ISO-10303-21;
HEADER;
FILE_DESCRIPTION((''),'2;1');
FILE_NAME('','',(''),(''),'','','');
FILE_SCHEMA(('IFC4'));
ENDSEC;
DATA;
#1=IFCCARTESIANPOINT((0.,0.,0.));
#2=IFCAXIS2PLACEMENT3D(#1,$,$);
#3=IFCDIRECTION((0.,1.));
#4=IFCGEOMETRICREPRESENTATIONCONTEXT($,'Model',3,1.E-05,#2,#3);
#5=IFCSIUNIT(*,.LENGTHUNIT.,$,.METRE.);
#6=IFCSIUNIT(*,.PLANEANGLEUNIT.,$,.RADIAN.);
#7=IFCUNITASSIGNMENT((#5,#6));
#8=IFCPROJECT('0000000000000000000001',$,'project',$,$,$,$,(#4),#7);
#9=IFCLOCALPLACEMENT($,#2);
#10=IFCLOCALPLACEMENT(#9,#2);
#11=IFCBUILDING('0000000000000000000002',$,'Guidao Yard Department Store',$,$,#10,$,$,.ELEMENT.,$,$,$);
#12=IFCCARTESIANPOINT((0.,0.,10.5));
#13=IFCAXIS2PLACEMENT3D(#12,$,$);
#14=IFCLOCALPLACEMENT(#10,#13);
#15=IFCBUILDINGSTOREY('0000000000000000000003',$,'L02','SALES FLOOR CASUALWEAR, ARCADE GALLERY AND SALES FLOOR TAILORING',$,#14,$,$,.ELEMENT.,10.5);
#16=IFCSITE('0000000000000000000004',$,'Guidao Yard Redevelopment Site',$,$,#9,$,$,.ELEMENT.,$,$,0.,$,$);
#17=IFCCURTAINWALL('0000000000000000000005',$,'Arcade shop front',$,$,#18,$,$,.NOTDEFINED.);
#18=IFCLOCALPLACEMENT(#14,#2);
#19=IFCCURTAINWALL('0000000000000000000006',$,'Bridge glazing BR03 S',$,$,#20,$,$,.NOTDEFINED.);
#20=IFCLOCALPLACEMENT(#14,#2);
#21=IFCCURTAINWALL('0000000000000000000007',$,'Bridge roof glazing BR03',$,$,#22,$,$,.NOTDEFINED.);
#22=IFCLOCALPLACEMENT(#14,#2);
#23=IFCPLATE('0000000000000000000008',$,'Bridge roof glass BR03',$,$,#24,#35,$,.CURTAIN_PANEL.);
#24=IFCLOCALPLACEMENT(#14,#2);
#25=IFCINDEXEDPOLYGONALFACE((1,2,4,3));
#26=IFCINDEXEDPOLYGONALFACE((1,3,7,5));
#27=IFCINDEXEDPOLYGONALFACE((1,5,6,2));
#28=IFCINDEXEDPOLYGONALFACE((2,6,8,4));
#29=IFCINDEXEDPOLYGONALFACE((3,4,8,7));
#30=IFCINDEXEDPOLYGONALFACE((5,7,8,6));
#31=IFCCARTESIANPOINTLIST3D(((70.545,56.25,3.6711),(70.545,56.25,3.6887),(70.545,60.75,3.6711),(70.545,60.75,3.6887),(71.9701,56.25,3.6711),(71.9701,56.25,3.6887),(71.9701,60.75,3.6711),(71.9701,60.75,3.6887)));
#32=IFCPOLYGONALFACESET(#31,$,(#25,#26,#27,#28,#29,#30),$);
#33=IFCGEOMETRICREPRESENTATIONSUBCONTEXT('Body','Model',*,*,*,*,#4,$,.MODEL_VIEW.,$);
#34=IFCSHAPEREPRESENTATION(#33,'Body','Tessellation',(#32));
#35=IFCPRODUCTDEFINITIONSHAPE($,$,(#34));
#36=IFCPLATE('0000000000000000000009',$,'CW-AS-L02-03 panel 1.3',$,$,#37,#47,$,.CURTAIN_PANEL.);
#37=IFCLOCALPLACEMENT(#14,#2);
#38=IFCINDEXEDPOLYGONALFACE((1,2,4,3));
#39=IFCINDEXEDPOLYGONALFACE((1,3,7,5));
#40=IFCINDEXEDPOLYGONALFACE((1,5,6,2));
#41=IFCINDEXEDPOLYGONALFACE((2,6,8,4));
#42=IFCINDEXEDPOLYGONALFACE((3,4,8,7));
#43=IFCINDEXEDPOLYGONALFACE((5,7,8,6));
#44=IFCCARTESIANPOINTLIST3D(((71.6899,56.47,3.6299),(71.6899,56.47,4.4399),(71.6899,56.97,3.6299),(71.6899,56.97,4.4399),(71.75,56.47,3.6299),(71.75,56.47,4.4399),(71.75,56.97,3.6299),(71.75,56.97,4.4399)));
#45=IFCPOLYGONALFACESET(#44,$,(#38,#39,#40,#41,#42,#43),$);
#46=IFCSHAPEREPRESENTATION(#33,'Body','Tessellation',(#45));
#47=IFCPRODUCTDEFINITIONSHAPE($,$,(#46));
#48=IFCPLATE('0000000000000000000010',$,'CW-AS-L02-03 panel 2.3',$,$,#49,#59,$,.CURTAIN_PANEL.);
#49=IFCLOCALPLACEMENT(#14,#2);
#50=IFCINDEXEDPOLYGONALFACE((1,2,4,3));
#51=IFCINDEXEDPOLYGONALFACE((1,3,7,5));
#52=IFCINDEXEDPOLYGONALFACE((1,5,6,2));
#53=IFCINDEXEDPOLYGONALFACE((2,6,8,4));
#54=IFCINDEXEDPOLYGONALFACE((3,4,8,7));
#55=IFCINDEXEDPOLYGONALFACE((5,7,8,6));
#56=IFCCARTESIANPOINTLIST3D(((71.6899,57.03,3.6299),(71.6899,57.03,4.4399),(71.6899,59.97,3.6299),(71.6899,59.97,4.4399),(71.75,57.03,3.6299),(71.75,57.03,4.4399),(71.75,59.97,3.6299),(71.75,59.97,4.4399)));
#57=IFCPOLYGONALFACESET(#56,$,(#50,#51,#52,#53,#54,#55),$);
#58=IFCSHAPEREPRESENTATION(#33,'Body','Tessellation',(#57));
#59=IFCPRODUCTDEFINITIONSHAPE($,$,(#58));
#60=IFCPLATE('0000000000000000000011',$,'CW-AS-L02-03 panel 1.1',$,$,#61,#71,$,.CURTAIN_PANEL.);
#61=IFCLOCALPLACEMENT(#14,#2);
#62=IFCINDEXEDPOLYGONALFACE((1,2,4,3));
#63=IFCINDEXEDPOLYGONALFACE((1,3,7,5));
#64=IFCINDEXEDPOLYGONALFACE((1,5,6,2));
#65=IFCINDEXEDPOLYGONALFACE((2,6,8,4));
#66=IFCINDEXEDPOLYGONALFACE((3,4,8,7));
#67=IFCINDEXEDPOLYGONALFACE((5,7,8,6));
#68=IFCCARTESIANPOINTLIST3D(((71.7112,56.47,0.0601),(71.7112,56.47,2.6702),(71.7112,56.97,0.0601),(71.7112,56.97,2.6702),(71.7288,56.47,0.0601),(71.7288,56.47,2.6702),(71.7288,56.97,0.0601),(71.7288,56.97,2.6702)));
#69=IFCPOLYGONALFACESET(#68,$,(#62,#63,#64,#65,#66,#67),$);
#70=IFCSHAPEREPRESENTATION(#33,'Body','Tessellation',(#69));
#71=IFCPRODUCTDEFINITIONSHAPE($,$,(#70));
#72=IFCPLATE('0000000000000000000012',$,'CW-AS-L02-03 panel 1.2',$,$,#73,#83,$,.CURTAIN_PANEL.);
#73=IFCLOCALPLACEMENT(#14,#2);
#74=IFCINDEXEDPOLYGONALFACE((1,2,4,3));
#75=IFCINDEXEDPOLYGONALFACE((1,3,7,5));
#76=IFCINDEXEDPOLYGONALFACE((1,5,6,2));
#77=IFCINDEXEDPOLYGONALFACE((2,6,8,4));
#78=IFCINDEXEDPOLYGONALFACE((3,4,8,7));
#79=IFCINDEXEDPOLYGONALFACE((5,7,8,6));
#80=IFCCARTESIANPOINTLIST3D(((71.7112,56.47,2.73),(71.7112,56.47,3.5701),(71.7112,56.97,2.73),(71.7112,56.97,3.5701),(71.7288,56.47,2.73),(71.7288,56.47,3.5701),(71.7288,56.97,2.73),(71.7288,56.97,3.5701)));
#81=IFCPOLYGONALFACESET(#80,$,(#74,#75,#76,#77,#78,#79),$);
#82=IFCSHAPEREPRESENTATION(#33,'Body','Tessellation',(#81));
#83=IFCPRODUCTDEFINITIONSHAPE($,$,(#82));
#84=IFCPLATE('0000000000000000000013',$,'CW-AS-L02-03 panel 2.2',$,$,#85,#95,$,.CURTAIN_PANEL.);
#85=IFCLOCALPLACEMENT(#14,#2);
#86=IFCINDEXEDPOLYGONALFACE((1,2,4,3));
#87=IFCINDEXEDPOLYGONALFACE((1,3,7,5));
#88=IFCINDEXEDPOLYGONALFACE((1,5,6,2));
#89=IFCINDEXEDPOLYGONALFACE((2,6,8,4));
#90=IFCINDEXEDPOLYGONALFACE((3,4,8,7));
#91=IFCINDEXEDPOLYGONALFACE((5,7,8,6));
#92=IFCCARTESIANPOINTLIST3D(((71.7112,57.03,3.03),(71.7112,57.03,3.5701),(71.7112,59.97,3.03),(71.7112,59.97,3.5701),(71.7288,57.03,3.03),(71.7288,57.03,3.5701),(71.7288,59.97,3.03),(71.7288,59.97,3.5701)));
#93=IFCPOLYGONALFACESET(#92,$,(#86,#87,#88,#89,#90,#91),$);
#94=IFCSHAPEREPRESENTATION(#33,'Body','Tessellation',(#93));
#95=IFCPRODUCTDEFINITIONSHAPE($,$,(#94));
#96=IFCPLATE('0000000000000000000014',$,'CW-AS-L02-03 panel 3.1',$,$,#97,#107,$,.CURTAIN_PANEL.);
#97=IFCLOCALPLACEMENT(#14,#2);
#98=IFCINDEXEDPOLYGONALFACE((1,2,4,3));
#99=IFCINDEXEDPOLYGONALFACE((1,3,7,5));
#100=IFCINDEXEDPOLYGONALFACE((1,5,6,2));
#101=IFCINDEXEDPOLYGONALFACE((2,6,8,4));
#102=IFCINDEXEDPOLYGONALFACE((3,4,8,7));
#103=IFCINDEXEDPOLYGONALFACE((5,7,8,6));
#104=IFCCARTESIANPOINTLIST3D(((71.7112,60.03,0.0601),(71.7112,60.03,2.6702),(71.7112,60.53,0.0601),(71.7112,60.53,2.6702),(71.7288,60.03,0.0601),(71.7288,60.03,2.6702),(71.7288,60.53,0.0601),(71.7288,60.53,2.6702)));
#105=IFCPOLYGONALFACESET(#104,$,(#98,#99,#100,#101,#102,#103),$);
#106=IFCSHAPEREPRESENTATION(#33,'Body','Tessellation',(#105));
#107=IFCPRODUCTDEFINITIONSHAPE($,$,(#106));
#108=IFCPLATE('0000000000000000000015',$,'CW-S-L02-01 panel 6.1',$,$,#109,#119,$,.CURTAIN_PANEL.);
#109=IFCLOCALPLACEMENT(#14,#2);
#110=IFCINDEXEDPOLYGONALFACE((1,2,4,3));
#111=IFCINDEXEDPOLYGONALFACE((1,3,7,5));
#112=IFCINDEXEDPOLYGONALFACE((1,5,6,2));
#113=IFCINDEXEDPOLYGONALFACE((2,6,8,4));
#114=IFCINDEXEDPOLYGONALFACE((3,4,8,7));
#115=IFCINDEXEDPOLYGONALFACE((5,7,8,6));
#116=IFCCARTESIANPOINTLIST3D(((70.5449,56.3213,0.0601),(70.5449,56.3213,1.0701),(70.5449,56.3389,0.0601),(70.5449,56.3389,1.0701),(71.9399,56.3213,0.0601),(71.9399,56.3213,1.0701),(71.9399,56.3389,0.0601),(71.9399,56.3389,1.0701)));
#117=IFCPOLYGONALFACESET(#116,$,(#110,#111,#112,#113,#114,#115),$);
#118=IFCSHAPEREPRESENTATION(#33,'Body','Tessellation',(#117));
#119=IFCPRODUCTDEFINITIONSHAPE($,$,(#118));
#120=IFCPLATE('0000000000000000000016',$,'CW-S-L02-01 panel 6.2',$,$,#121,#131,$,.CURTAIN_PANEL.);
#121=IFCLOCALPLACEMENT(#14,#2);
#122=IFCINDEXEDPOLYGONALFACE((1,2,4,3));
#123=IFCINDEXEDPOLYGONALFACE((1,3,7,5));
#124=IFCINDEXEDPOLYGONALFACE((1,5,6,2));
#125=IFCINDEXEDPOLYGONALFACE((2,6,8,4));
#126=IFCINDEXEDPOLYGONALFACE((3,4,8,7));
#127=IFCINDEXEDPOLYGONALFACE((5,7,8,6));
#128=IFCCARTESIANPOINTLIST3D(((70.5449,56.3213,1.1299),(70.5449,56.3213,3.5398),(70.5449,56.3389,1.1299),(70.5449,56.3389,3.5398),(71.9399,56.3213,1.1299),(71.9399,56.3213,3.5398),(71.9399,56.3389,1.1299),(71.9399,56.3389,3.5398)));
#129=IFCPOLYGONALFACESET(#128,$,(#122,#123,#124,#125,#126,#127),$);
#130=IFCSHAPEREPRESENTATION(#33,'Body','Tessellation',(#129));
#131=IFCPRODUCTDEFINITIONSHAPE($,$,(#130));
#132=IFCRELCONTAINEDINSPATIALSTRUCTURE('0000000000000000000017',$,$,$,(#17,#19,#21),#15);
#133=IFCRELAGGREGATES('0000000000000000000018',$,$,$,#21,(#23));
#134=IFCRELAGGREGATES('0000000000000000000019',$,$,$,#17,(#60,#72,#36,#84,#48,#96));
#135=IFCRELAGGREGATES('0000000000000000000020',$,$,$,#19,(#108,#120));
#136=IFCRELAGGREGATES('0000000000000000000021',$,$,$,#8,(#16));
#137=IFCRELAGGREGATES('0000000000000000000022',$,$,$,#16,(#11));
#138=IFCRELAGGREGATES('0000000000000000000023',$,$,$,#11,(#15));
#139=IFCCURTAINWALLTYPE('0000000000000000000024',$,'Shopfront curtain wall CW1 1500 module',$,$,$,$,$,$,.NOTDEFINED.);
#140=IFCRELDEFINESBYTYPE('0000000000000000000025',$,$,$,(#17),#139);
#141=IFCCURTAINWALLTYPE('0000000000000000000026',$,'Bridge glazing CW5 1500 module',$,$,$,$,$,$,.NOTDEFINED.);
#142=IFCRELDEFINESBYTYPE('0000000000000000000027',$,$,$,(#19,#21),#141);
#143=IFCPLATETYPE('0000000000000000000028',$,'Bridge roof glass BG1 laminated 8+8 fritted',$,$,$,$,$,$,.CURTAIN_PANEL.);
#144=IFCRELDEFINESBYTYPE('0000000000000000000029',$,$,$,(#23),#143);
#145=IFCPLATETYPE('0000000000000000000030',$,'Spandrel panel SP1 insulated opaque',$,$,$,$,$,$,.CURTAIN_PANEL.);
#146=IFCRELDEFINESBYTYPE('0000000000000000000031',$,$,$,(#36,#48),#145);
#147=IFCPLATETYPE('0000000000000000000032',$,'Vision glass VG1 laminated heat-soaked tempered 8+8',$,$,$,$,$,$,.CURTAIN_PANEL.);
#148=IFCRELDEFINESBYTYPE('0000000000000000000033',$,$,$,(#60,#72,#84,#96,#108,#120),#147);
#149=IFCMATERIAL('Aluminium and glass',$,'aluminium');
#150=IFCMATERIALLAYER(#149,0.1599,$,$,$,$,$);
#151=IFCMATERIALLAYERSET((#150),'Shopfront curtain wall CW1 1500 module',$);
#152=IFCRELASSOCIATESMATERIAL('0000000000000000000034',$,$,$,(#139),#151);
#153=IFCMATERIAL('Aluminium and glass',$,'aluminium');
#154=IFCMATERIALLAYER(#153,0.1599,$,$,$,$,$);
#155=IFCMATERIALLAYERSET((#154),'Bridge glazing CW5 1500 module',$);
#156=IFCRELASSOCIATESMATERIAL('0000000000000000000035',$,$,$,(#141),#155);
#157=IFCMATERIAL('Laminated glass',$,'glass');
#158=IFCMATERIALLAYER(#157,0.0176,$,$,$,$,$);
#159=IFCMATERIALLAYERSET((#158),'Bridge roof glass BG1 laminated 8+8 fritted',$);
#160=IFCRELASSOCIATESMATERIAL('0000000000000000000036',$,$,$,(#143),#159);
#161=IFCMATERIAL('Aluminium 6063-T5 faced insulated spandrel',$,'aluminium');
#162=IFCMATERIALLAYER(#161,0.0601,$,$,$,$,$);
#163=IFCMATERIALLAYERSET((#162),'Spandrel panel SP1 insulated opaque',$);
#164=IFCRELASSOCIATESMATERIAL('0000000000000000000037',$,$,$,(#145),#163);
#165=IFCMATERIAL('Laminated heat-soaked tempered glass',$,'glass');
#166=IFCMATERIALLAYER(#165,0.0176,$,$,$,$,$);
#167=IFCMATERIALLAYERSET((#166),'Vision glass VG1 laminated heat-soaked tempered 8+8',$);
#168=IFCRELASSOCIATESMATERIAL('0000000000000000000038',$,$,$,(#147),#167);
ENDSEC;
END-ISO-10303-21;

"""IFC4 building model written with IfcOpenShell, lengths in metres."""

from ifc_helpers import new_model, si_unit, direction, frame, origin, origin_2d, place, context, subcontext, project, spatial, rectangle, extrude, material, layer, layer_set, type_object, element, aggregate, save


model = new_model("IFC4")

# Units and contexts
model_context = context("Model", 3, precision=1e-05, world=origin(), true_north=direction((0.0, 1.0)))
body_context = subcontext(model_context, "Body", "Model", "MODEL_VIEW")
ifc_project = project(units=[si_unit("LENGTHUNIT", "METRE"), si_unit("PLANEANGLEUNIT", "RADIAN")], contexts=[model_context])

# Site, building, storey
site_placement = place(None, origin())
site = spatial("IfcSite", under=ifc_project, at=site_placement, Name="Guidao Yard Redevelopment Site", CompositionType="ELEMENT", RefElevation=0.0)
building_placement = place(site_placement, origin())
building = spatial("IfcBuilding", under=site, at=building_placement, Name="Guidao Yard Department Store", CompositionType="ELEMENT")
storey_placement = place(building_placement, frame((0.0, 0.0, 10.5)))
storey = spatial("IfcBuildingStorey", under=building, at=storey_placement, Name="L02", Description="SALES FLOOR CASUALWEAR, ARCADE GALLERY AND SALES FLOOR TAILORING", CompositionType="ELEMENT", Elevation=10.5)

# Curtain wall
ifc_material_1 = material(Name="Aluminium and glass", Category="aluminium")
ifc_layer_1 = layer(ifc_material_1, 0.1599)
ifc_layer_set_1 = layer_set([ifc_layer_1], Name="Shopfront curtain wall CW1 1500 module")
curtain_wall_type_1 = type_object("IfcCurtainWallType", Name="Shopfront curtain wall CW1 1500 module", PredefinedType="NOTDEFINED", material=ifc_layer_set_1)
curtain_wall_1_placement = place(storey_placement, origin())
curtain_wall_1 = element("IfcCurtainWall", 1, at=curtain_wall_1_placement, inside=storey, type_object=curtain_wall_type_1, Name="Arcade shop front", PredefinedType="NOTDEFINED")

# Curtain wall
ifc_material_2 = material(Name="Aluminium and glass", Category="aluminium")
ifc_layer_2 = layer(ifc_material_2, 0.1599)
ifc_layer_set_2 = layer_set([ifc_layer_2], Name="Bridge glazing CW5 1500 module")
curtain_wall_type_2 = type_object("IfcCurtainWallType", Name="Bridge glazing CW5 1500 module", PredefinedType="NOTDEFINED", material=ifc_layer_set_2)
curtain_wall_2_placement = place(storey_placement, origin())
curtain_wall_2 = element("IfcCurtainWall", 2, at=curtain_wall_2_placement, inside=storey, type_object=curtain_wall_type_2, Name="Bridge glazing BR03 S", PredefinedType="NOTDEFINED")

# Curtain wall, plate
curtain_wall_3_placement = place(storey_placement, origin())
curtain_wall_3 = element("IfcCurtainWall", 3, at=curtain_wall_3_placement, inside=storey, type_object=curtain_wall_type_2, Name="Bridge roof glazing BR03", PredefinedType="NOTDEFINED")
ifc_material_3 = material(Name="Laminated glass", Category="glass")
ifc_layer_3 = layer(ifc_material_3, 0.0176)
ifc_layer_set_3 = layer_set([ifc_layer_3], Name="Bridge roof glass BG1 laminated 8+8 fritted")
plate_type_1 = type_object("IfcPlateType", Name="Bridge roof glass BG1 laminated 8+8 fritted", PredefinedType="CURTAIN_PANEL", material=ifc_layer_set_3)
plate_1_placement = place(storey_placement, frame((71.2576, 58.5, 3.6711), z_axis=(0.0, 0.0, 1.0), x_axis=(1.0, 0.0, 0.0)))
plate_1 = element("IfcPlate", 4, at=plate_1_placement, type_object=plate_type_1, Name="Bridge roof glass BR03", PredefinedType="CURTAIN_PANEL", context=body_context, shape_type="SweptSolid", body=[
    extrude(rectangle(XDim=1.425, YDim=4.5, at=origin_2d()), origin(), (0.0, 0.0, 1.0), 0.0176),
])
aggregate(curtain_wall_3, [plate_1])

# Plates
ifc_material_4 = material(Name="Aluminium 6063-T5 faced insulated spandrel", Category="aluminium")
ifc_layer_4 = layer(ifc_material_4, 0.0601)
ifc_layer_set_4 = layer_set([ifc_layer_4], Name="Spandrel panel SP1 insulated opaque")
plate_type_2 = type_object("IfcPlateType", Name="Spandrel panel SP1 insulated opaque", PredefinedType="CURTAIN_PANEL", material=ifc_layer_set_4)
plate_2_placement = place(storey_placement, frame((71.72, 56.72, 3.6299), z_axis=(0.0, 0.0, 1.0), x_axis=(0.0, 1.0, 0.0)))
plate_2 = element("IfcPlate", 5, at=plate_2_placement, type_object=plate_type_2, Name="CW-AS-L02-03 panel 1.3", PredefinedType="CURTAIN_PANEL", context=body_context, shape_type="SweptSolid", body=[
    extrude(rectangle(XDim=0.5, YDim=0.0601, at=origin_2d()), origin(), (0.0, 0.0, 1.0), 0.8101),
])
plate_3_placement = place(storey_placement, frame((71.72, 58.5, 3.6299), z_axis=(0.0, 0.0, 1.0), x_axis=(0.0, 1.0, 0.0)))
plate_3 = element("IfcPlate", 6, at=plate_3_placement, type_object=plate_type_2, Name="CW-AS-L02-03 panel 2.3", PredefinedType="CURTAIN_PANEL", context=body_context, shape_type="SweptSolid", body=[
    extrude(rectangle(XDim=2.9399, YDim=0.0601, at=origin_2d()), origin(), (0.0, 0.0, 1.0), 0.8101),
])
ifc_material_5 = material(Name="Laminated heat-soaked tempered glass", Category="glass")
ifc_layer_5 = layer(ifc_material_5, 0.0176)
ifc_layer_set_5 = layer_set([ifc_layer_5], Name="Vision glass VG1 laminated heat-soaked tempered 8+8")
plate_type_3 = type_object("IfcPlateType", Name="Vision glass VG1 laminated heat-soaked tempered 8+8", PredefinedType="CURTAIN_PANEL", material=ifc_layer_set_5)
plate_4_placement = place(storey_placement, frame((71.72, 56.72, 0.0601), z_axis=(0.0, 0.0, 1.0), x_axis=(0.0, 1.0, 0.0)))
plate_4 = element("IfcPlate", 7, at=plate_4_placement, type_object=plate_type_3, Name="CW-AS-L02-03 panel 1.1", PredefinedType="CURTAIN_PANEL", context=body_context, shape_type="SweptSolid", body=[
    extrude(rectangle(XDim=0.5, YDim=0.0176, at=origin_2d()), origin(), (0.0, 0.0, 1.0), 2.6101),
])
plate_5_placement = place(storey_placement, frame((71.72, 56.72, 2.73), z_axis=(0.0, 0.0, 1.0), x_axis=(0.0, 1.0, 0.0)))
plate_5 = element("IfcPlate", 8, at=plate_5_placement, type_object=plate_type_3, Name="CW-AS-L02-03 panel 1.2", PredefinedType="CURTAIN_PANEL", context=body_context, shape_type="SweptSolid", body=[
    extrude(rectangle(XDim=0.5, YDim=0.0176, at=origin_2d()), origin(), (0.0, 0.0, 1.0), 0.8401),
])
plate_6_placement = place(storey_placement, frame((71.72, 58.5, 3.03), z_axis=(0.0, 0.0, 1.0), x_axis=(0.0, 1.0, 0.0)))
plate_6 = element("IfcPlate", 9, at=plate_6_placement, type_object=plate_type_3, Name="CW-AS-L02-03 panel 2.2", PredefinedType="CURTAIN_PANEL", context=body_context, shape_type="SweptSolid", body=[
    extrude(rectangle(XDim=2.9399, YDim=0.0176, at=origin_2d()), origin(), (0.0, 0.0, 1.0), 0.54),
])
plate_7_placement = place(storey_placement, frame((71.72, 60.28, 0.0601), z_axis=(0.0, 0.0, 1.0), x_axis=(0.0, 1.0, 0.0)))
plate_7 = element("IfcPlate", 10, at=plate_7_placement, type_object=plate_type_3, Name="CW-AS-L02-03 panel 3.1", PredefinedType="CURTAIN_PANEL", context=body_context, shape_type="SweptSolid", body=[
    extrude(rectangle(XDim=0.5, YDim=0.0176, at=origin_2d()), origin(), (0.0, 0.0, 1.0), 2.6101),
])
aggregate(curtain_wall_1, [plate_4, plate_5, plate_2, plate_6, plate_3, plate_7])
plate_8_placement = place(storey_placement, frame((71.2424, 56.3301, 0.0601), z_axis=(0.0, 0.0, 1.0), x_axis=(-1.0, 0.0, 0.0)))
plate_8 = element("IfcPlate", 11, at=plate_8_placement, type_object=plate_type_3, Name="CW-S-L02-01 panel 6.1", PredefinedType="CURTAIN_PANEL", context=body_context, shape_type="SweptSolid", body=[
    extrude(rectangle(XDim=1.395, YDim=0.0176, at=origin_2d()), origin(), (0.0, 0.0, 1.0), 1.01),
])
plate_9_placement = place(storey_placement, frame((71.2424, 56.3301, 1.1299), z_axis=(0.0, 0.0, 1.0), x_axis=(-1.0, 0.0, 0.0)))
plate_9 = element("IfcPlate", 12, at=plate_9_placement, type_object=plate_type_3, Name="CW-S-L02-01 panel 6.2", PredefinedType="CURTAIN_PANEL", context=body_context, shape_type="SweptSolid", body=[
    extrude(rectangle(XDim=1.395, YDim=0.0176, at=origin_2d()), origin(), (0.0, 0.0, 1.0), 2.4099),
])
aggregate(curtain_wall_2, [plate_8, plate_9])

save(model, "model.ifc")
